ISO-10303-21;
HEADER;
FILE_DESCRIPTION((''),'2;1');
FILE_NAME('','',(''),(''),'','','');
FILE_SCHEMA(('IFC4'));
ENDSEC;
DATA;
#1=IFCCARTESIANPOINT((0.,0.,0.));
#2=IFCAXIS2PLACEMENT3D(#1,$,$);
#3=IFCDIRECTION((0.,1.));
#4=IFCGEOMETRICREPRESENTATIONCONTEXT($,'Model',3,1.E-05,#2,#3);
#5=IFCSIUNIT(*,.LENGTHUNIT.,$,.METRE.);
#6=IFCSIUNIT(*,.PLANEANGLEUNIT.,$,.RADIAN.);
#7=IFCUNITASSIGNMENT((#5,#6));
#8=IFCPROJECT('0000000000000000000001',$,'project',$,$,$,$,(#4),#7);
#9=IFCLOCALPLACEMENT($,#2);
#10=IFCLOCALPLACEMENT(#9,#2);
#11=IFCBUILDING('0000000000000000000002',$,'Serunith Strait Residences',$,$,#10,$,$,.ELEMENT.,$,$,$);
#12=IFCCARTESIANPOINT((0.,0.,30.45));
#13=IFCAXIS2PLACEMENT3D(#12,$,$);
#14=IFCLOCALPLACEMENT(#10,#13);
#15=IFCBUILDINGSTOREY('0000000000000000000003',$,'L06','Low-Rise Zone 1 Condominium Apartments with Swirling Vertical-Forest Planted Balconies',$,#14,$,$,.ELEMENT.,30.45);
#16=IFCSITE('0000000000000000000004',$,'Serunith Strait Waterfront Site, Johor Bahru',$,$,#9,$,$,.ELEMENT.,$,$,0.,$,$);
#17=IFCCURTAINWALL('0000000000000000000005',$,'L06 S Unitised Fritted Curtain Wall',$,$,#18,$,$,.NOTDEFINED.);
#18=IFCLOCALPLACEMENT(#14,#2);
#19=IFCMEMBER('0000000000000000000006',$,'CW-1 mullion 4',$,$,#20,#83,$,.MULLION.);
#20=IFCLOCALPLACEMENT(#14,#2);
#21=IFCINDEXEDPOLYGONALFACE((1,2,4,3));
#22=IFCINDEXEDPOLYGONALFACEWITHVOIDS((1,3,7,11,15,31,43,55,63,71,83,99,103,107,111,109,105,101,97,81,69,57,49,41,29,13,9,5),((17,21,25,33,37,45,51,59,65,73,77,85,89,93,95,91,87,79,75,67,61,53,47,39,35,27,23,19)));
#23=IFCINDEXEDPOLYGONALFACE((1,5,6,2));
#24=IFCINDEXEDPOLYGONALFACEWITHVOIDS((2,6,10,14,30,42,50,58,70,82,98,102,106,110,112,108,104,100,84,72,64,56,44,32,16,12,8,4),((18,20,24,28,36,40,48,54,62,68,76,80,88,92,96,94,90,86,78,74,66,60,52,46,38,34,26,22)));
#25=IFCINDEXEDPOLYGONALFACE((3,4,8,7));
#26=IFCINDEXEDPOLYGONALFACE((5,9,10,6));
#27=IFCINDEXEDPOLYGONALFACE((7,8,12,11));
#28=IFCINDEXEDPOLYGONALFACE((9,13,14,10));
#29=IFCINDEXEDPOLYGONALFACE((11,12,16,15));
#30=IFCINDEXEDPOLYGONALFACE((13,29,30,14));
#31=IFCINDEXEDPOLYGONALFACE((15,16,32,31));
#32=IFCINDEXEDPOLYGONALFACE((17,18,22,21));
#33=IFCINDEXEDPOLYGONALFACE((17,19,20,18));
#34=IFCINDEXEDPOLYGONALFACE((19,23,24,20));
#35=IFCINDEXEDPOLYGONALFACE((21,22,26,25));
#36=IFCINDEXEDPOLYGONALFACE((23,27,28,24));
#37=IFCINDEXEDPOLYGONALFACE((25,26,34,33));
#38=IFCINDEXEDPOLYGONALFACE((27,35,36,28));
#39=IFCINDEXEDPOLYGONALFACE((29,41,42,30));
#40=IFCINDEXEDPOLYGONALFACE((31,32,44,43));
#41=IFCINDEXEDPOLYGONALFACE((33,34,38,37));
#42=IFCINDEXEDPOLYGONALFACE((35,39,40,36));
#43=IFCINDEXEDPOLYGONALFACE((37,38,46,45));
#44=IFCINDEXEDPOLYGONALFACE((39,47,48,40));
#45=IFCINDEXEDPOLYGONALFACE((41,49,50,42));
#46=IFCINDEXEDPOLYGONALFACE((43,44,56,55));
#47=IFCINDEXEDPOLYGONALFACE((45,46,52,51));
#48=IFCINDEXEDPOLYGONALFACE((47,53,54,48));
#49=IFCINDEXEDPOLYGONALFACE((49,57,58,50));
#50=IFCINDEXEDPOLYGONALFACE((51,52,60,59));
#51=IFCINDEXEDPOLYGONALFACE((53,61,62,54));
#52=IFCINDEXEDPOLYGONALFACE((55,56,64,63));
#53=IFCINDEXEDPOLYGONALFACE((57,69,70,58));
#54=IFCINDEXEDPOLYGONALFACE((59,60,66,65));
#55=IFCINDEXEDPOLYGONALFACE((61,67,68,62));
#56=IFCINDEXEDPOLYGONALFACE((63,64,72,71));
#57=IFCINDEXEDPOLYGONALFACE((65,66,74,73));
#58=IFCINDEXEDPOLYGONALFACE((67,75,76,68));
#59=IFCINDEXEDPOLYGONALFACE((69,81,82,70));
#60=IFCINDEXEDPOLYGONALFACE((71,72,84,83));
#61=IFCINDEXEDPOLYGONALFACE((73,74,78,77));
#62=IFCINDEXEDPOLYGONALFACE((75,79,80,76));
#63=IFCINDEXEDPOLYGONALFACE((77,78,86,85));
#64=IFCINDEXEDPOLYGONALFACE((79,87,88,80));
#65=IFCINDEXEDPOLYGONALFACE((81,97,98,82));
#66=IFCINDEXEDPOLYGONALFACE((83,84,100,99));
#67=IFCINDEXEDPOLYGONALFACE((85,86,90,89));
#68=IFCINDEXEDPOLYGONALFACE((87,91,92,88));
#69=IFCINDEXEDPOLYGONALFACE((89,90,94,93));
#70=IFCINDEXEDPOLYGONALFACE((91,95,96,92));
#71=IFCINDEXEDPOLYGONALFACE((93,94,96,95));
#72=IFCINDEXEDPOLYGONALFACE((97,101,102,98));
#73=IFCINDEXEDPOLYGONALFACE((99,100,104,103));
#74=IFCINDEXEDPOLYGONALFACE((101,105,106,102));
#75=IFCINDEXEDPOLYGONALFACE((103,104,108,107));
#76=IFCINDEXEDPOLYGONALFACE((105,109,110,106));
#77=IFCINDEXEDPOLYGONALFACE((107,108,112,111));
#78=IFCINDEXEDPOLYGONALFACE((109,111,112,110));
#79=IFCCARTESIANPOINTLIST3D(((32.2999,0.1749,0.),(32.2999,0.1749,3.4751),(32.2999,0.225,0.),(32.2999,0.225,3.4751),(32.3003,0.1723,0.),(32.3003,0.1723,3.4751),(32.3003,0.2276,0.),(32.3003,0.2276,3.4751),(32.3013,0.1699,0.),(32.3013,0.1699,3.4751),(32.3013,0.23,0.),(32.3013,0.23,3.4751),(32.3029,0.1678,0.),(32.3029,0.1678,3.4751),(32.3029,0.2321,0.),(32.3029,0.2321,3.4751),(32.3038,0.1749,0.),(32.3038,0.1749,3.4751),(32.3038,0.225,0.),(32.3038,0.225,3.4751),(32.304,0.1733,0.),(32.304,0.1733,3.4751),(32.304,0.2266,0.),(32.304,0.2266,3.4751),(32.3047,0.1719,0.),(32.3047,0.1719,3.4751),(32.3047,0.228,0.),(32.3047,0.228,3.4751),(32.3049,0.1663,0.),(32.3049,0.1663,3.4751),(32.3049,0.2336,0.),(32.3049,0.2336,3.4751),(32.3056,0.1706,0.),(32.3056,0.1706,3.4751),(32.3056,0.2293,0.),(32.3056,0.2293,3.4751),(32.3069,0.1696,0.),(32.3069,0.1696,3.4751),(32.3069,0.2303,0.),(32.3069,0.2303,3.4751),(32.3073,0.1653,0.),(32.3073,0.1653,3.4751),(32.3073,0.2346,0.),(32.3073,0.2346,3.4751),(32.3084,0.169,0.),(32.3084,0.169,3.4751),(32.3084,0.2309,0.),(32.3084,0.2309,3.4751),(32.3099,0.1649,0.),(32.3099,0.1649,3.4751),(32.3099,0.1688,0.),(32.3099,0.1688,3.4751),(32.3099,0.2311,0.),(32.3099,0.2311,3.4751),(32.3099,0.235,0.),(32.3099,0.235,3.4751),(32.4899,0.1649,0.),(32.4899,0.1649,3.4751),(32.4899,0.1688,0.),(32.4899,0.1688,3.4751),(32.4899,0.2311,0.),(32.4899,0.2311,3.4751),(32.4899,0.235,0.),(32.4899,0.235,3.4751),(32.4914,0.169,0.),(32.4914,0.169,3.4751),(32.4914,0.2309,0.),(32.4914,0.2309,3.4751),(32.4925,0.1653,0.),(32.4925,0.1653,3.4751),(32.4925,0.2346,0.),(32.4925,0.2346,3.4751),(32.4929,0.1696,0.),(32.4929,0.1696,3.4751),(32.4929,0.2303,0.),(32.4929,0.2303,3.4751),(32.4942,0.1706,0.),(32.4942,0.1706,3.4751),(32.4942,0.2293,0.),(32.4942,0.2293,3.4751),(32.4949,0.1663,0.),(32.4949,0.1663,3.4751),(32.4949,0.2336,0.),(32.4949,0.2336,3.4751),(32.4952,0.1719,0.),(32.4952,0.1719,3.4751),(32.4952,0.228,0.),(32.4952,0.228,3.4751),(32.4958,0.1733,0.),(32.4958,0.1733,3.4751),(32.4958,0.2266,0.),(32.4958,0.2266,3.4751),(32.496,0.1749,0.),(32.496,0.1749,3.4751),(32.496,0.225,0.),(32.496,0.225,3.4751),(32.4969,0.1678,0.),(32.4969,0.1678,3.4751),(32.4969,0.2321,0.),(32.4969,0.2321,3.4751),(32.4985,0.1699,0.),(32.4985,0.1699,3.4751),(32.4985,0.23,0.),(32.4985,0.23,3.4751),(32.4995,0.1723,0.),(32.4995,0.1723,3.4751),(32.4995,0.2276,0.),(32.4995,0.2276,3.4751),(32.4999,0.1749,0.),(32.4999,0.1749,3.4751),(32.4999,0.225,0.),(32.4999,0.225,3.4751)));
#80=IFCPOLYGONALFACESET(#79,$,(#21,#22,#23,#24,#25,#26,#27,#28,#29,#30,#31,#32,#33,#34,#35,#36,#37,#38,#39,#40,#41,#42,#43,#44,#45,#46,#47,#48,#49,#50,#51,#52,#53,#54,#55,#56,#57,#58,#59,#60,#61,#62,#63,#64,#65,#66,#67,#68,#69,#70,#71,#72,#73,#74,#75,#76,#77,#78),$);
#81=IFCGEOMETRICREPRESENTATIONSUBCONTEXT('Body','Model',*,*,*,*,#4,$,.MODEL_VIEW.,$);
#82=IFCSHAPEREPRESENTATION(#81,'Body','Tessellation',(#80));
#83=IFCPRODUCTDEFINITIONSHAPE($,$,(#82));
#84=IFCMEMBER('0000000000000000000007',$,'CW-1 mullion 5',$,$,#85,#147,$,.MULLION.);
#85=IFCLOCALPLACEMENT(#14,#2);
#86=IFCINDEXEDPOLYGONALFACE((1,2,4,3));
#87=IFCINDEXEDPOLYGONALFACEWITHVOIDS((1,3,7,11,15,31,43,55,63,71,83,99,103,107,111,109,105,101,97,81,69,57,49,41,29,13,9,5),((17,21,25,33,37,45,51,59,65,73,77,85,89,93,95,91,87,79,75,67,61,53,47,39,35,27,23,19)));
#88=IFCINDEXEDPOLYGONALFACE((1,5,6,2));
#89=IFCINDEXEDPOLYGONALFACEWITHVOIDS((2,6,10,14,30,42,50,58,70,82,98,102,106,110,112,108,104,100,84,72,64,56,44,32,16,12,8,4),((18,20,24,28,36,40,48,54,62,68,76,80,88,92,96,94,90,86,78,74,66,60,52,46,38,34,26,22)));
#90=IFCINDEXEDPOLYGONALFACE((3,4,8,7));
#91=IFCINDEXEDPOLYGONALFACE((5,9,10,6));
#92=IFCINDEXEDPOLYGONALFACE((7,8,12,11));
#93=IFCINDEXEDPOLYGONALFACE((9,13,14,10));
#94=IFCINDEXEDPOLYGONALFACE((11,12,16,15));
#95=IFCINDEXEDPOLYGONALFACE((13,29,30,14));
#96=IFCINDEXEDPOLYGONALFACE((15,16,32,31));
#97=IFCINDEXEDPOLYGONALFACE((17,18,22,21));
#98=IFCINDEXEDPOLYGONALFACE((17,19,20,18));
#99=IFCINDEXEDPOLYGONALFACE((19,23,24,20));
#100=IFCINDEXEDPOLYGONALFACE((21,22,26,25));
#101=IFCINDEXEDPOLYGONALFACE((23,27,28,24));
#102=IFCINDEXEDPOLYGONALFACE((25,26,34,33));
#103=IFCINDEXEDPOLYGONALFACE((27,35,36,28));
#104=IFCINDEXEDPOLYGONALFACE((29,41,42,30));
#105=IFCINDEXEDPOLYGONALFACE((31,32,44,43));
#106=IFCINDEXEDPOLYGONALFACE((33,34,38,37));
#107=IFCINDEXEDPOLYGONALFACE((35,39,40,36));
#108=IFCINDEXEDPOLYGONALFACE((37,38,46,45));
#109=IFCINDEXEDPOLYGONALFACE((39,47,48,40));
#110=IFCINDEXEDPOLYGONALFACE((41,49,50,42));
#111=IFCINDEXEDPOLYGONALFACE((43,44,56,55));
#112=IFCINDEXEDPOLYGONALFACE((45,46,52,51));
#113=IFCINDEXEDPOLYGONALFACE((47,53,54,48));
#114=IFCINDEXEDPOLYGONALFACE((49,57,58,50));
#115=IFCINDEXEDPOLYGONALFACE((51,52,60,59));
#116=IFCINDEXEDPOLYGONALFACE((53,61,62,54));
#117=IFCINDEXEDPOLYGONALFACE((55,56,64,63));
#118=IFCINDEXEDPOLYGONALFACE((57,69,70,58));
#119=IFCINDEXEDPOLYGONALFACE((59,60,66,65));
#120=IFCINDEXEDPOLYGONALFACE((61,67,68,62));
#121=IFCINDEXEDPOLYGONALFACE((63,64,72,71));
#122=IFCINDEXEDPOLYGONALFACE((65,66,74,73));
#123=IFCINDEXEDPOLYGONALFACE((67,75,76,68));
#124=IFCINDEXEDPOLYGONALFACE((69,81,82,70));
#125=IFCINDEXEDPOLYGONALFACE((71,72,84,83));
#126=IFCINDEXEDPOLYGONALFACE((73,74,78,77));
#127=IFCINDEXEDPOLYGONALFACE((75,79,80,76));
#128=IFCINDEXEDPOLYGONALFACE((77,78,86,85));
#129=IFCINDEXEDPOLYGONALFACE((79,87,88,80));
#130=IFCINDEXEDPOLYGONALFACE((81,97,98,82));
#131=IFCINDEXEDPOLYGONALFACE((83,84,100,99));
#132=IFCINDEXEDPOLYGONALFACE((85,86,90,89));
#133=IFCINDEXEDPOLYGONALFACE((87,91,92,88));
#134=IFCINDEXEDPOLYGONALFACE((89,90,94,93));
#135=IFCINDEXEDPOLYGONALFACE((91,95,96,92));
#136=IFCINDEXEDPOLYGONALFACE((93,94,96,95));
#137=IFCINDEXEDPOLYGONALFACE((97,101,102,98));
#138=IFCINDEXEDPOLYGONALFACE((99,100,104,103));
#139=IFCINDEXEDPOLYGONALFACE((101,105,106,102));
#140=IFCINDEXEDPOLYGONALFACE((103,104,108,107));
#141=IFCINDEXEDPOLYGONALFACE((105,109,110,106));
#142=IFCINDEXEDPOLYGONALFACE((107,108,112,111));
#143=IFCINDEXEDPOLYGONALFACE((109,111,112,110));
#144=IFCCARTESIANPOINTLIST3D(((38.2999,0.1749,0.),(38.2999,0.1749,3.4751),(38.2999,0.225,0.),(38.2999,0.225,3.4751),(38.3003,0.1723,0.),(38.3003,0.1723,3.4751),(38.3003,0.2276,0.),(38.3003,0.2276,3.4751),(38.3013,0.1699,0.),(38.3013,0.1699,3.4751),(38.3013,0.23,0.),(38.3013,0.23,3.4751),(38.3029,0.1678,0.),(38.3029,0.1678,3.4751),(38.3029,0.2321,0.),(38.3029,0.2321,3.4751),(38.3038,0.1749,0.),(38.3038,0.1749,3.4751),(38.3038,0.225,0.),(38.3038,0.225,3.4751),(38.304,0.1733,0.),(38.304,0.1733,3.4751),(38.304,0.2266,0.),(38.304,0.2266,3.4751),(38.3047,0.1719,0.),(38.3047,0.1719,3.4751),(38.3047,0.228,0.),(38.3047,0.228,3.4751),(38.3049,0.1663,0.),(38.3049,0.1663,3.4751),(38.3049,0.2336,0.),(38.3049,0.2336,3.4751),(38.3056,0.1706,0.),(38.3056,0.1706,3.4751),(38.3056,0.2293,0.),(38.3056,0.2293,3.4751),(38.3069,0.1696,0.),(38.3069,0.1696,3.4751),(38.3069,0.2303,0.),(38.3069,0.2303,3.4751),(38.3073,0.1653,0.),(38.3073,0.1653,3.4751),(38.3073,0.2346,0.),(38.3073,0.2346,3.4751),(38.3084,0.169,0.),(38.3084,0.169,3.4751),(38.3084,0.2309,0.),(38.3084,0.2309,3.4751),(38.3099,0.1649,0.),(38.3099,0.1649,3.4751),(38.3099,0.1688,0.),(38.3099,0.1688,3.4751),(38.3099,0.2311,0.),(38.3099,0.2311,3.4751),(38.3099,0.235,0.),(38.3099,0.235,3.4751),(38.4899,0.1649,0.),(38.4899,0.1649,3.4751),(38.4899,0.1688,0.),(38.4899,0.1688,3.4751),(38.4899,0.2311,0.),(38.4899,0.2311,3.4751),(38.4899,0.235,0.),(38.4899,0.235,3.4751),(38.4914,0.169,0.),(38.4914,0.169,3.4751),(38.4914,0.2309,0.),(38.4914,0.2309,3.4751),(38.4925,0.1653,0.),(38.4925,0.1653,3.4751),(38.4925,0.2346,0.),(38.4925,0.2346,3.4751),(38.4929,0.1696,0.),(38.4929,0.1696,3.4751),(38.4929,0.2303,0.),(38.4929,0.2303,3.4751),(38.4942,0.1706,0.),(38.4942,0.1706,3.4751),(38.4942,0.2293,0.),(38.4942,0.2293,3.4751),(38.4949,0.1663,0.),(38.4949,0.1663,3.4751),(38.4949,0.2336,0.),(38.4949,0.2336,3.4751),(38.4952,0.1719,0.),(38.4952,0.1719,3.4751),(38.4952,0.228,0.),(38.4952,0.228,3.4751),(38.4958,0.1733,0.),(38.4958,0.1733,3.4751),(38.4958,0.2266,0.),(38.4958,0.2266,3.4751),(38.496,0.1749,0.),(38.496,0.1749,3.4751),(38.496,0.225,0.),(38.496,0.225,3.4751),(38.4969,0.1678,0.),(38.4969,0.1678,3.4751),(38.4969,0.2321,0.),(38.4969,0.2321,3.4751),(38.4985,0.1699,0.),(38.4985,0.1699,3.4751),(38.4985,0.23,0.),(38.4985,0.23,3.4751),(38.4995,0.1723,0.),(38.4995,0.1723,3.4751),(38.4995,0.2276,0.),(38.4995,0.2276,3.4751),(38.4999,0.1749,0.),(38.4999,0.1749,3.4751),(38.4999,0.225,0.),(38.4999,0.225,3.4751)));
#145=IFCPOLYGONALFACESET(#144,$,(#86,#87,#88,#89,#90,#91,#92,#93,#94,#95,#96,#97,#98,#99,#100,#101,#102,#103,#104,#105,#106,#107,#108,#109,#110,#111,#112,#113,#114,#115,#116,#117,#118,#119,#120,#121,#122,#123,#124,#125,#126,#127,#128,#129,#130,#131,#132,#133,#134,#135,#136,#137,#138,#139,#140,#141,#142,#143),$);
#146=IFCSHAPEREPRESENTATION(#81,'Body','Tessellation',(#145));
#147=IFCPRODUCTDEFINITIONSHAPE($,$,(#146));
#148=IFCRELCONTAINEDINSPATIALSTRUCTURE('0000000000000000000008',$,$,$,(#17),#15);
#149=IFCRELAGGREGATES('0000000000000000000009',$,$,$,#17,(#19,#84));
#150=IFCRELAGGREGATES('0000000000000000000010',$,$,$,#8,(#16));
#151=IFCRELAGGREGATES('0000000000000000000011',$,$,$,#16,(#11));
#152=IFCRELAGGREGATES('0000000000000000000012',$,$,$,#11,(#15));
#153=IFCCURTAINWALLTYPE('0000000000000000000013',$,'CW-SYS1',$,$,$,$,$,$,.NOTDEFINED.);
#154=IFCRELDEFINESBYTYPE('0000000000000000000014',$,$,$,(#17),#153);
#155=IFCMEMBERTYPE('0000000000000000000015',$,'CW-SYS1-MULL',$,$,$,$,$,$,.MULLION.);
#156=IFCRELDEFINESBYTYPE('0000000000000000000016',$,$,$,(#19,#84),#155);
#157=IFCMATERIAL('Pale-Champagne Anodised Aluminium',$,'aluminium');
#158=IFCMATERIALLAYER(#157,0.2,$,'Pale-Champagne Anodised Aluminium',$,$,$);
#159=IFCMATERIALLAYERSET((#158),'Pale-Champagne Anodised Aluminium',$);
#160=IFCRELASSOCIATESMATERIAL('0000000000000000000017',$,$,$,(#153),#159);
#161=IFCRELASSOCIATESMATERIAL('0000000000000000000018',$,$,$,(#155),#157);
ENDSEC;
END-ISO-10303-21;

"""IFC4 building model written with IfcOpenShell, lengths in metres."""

from ifc_helpers import new_model, si_unit, direction, frame, origin, origin_2d, place, context, subcontext, project, spatial, hollow_rectangle, extrude, source, transform, mapped, material, layer, layer_set, material_profile, profile_set, type_object, element, aggregate, save


model = new_model("IFC4")

# Units and contexts
model_context = context("Model", 3, precision=1e-05, world=origin(), true_north=direction((0.0, 1.0)))
body_context = subcontext(model_context, "Body", "Model", "MODEL_VIEW")
ifc_project = project(units=[si_unit("LENGTHUNIT", "METRE"), si_unit("PLANEANGLEUNIT", "RADIAN")], contexts=[model_context])

# Site, building, storey
site_placement = place(None, origin())
site = spatial("IfcSite", under=ifc_project, at=site_placement, Name="Serunith Strait Waterfront Site, Johor Bahru", CompositionType="ELEMENT", RefElevation=0.0)
building_placement = place(site_placement, origin())
building = spatial("IfcBuilding", under=site, at=building_placement, Name="Serunith Strait Residences", CompositionType="ELEMENT")
storey_placement = place(building_placement, frame((0.0, 0.0, 30.45)))
storey = spatial("IfcBuildingStorey", under=building, at=storey_placement, Name="L06", Description="Low-Rise Zone 1 Condominium Apartments with Swirling Vertical-Forest Planted Balconies", CompositionType="ELEMENT", Elevation=30.45)

# Curtain wall, members
ifc_material_1 = material(Name="Pale-Champagne Anodised Aluminium", Category="aluminium")
ifc_layer_1 = layer(ifc_material_1, 0.2, Name="Pale-Champagne Anodised Aluminium")
ifc_layer_set_1 = layer_set([ifc_layer_1], Name="Pale-Champagne Anodised Aluminium")
curtain_wall_type = type_object("IfcCurtainWallType", Name="CW-SYS1", PredefinedType="NOTDEFINED", material=ifc_layer_set_1)
curtain_wall_placement = place(storey_placement, origin())
curtain_wall = element("IfcCurtainWall", 1, at=curtain_wall_placement, inside=storey, type_object=curtain_wall_type, Name="L06 S Unitised Fritted Curtain Wall", PredefinedType="NOTDEFINED")
ifc_material_profile_1 = material_profile(ifc_material_1, hollow_rectangle(XDim=0.0701, YDim=0.2, WallThickness=0.0039, InnerFilletRadius=0.0061, OuterFilletRadius=0.01, at=origin_2d()), Name="ALU 200x70x4")
ifc_profile_set_1 = profile_set([ifc_material_profile_1], Name="Pale-Champagne Anodised Aluminium")
member_type_1 = type_object("IfcMemberType", Name="CW-SYS1-MULL", PredefinedType="MULLION", material=ifc_profile_set_1)
shared_shape_1 = source(origin(), body_context, "Body", "SweptSolid", [
    extrude(hollow_rectangle(XDim=0.0701, YDim=0.2, WallThickness=0.0039, InnerFilletRadius=0.0061, OuterFilletRadius=0.01, at=origin_2d()), origin(), (0.0, 0.0, 1.0), 3.4751),
])
member_1_placement = place(storey_placement, frame((32.3999, 0.2, 0.0), z_axis=(0.0, 0.0, 1.0), x_axis=(0.0, 1.0, 0.0)))
member_1 = element("IfcMember", 2, at=member_1_placement, type_object=member_type_1, Name="CW-1 mullion 4", PredefinedType="MULLION", context=body_context, shape_type="MappedRepresentation", body=[
    mapped(shared_shape_1, transform((0.0, 0.0, 0.0), scale=1.0)),
])
member_2_placement = place(storey_placement, frame((38.3999, 0.2, 0.0), z_axis=(0.0, 0.0, 1.0), x_axis=(0.0, 1.0, 0.0)))
member_2 = element("IfcMember", 3, at=member_2_placement, type_object=member_type_1, Name="CW-1 mullion 5", PredefinedType="MULLION", context=body_context, shape_type="MappedRepresentation", body=[
    mapped(shared_shape_1, transform((0.0, 0.0, 0.0), scale=1.0)),
])
aggregate(curtain_wall, [member_1, member_2])

save(model, "model.ifc")
